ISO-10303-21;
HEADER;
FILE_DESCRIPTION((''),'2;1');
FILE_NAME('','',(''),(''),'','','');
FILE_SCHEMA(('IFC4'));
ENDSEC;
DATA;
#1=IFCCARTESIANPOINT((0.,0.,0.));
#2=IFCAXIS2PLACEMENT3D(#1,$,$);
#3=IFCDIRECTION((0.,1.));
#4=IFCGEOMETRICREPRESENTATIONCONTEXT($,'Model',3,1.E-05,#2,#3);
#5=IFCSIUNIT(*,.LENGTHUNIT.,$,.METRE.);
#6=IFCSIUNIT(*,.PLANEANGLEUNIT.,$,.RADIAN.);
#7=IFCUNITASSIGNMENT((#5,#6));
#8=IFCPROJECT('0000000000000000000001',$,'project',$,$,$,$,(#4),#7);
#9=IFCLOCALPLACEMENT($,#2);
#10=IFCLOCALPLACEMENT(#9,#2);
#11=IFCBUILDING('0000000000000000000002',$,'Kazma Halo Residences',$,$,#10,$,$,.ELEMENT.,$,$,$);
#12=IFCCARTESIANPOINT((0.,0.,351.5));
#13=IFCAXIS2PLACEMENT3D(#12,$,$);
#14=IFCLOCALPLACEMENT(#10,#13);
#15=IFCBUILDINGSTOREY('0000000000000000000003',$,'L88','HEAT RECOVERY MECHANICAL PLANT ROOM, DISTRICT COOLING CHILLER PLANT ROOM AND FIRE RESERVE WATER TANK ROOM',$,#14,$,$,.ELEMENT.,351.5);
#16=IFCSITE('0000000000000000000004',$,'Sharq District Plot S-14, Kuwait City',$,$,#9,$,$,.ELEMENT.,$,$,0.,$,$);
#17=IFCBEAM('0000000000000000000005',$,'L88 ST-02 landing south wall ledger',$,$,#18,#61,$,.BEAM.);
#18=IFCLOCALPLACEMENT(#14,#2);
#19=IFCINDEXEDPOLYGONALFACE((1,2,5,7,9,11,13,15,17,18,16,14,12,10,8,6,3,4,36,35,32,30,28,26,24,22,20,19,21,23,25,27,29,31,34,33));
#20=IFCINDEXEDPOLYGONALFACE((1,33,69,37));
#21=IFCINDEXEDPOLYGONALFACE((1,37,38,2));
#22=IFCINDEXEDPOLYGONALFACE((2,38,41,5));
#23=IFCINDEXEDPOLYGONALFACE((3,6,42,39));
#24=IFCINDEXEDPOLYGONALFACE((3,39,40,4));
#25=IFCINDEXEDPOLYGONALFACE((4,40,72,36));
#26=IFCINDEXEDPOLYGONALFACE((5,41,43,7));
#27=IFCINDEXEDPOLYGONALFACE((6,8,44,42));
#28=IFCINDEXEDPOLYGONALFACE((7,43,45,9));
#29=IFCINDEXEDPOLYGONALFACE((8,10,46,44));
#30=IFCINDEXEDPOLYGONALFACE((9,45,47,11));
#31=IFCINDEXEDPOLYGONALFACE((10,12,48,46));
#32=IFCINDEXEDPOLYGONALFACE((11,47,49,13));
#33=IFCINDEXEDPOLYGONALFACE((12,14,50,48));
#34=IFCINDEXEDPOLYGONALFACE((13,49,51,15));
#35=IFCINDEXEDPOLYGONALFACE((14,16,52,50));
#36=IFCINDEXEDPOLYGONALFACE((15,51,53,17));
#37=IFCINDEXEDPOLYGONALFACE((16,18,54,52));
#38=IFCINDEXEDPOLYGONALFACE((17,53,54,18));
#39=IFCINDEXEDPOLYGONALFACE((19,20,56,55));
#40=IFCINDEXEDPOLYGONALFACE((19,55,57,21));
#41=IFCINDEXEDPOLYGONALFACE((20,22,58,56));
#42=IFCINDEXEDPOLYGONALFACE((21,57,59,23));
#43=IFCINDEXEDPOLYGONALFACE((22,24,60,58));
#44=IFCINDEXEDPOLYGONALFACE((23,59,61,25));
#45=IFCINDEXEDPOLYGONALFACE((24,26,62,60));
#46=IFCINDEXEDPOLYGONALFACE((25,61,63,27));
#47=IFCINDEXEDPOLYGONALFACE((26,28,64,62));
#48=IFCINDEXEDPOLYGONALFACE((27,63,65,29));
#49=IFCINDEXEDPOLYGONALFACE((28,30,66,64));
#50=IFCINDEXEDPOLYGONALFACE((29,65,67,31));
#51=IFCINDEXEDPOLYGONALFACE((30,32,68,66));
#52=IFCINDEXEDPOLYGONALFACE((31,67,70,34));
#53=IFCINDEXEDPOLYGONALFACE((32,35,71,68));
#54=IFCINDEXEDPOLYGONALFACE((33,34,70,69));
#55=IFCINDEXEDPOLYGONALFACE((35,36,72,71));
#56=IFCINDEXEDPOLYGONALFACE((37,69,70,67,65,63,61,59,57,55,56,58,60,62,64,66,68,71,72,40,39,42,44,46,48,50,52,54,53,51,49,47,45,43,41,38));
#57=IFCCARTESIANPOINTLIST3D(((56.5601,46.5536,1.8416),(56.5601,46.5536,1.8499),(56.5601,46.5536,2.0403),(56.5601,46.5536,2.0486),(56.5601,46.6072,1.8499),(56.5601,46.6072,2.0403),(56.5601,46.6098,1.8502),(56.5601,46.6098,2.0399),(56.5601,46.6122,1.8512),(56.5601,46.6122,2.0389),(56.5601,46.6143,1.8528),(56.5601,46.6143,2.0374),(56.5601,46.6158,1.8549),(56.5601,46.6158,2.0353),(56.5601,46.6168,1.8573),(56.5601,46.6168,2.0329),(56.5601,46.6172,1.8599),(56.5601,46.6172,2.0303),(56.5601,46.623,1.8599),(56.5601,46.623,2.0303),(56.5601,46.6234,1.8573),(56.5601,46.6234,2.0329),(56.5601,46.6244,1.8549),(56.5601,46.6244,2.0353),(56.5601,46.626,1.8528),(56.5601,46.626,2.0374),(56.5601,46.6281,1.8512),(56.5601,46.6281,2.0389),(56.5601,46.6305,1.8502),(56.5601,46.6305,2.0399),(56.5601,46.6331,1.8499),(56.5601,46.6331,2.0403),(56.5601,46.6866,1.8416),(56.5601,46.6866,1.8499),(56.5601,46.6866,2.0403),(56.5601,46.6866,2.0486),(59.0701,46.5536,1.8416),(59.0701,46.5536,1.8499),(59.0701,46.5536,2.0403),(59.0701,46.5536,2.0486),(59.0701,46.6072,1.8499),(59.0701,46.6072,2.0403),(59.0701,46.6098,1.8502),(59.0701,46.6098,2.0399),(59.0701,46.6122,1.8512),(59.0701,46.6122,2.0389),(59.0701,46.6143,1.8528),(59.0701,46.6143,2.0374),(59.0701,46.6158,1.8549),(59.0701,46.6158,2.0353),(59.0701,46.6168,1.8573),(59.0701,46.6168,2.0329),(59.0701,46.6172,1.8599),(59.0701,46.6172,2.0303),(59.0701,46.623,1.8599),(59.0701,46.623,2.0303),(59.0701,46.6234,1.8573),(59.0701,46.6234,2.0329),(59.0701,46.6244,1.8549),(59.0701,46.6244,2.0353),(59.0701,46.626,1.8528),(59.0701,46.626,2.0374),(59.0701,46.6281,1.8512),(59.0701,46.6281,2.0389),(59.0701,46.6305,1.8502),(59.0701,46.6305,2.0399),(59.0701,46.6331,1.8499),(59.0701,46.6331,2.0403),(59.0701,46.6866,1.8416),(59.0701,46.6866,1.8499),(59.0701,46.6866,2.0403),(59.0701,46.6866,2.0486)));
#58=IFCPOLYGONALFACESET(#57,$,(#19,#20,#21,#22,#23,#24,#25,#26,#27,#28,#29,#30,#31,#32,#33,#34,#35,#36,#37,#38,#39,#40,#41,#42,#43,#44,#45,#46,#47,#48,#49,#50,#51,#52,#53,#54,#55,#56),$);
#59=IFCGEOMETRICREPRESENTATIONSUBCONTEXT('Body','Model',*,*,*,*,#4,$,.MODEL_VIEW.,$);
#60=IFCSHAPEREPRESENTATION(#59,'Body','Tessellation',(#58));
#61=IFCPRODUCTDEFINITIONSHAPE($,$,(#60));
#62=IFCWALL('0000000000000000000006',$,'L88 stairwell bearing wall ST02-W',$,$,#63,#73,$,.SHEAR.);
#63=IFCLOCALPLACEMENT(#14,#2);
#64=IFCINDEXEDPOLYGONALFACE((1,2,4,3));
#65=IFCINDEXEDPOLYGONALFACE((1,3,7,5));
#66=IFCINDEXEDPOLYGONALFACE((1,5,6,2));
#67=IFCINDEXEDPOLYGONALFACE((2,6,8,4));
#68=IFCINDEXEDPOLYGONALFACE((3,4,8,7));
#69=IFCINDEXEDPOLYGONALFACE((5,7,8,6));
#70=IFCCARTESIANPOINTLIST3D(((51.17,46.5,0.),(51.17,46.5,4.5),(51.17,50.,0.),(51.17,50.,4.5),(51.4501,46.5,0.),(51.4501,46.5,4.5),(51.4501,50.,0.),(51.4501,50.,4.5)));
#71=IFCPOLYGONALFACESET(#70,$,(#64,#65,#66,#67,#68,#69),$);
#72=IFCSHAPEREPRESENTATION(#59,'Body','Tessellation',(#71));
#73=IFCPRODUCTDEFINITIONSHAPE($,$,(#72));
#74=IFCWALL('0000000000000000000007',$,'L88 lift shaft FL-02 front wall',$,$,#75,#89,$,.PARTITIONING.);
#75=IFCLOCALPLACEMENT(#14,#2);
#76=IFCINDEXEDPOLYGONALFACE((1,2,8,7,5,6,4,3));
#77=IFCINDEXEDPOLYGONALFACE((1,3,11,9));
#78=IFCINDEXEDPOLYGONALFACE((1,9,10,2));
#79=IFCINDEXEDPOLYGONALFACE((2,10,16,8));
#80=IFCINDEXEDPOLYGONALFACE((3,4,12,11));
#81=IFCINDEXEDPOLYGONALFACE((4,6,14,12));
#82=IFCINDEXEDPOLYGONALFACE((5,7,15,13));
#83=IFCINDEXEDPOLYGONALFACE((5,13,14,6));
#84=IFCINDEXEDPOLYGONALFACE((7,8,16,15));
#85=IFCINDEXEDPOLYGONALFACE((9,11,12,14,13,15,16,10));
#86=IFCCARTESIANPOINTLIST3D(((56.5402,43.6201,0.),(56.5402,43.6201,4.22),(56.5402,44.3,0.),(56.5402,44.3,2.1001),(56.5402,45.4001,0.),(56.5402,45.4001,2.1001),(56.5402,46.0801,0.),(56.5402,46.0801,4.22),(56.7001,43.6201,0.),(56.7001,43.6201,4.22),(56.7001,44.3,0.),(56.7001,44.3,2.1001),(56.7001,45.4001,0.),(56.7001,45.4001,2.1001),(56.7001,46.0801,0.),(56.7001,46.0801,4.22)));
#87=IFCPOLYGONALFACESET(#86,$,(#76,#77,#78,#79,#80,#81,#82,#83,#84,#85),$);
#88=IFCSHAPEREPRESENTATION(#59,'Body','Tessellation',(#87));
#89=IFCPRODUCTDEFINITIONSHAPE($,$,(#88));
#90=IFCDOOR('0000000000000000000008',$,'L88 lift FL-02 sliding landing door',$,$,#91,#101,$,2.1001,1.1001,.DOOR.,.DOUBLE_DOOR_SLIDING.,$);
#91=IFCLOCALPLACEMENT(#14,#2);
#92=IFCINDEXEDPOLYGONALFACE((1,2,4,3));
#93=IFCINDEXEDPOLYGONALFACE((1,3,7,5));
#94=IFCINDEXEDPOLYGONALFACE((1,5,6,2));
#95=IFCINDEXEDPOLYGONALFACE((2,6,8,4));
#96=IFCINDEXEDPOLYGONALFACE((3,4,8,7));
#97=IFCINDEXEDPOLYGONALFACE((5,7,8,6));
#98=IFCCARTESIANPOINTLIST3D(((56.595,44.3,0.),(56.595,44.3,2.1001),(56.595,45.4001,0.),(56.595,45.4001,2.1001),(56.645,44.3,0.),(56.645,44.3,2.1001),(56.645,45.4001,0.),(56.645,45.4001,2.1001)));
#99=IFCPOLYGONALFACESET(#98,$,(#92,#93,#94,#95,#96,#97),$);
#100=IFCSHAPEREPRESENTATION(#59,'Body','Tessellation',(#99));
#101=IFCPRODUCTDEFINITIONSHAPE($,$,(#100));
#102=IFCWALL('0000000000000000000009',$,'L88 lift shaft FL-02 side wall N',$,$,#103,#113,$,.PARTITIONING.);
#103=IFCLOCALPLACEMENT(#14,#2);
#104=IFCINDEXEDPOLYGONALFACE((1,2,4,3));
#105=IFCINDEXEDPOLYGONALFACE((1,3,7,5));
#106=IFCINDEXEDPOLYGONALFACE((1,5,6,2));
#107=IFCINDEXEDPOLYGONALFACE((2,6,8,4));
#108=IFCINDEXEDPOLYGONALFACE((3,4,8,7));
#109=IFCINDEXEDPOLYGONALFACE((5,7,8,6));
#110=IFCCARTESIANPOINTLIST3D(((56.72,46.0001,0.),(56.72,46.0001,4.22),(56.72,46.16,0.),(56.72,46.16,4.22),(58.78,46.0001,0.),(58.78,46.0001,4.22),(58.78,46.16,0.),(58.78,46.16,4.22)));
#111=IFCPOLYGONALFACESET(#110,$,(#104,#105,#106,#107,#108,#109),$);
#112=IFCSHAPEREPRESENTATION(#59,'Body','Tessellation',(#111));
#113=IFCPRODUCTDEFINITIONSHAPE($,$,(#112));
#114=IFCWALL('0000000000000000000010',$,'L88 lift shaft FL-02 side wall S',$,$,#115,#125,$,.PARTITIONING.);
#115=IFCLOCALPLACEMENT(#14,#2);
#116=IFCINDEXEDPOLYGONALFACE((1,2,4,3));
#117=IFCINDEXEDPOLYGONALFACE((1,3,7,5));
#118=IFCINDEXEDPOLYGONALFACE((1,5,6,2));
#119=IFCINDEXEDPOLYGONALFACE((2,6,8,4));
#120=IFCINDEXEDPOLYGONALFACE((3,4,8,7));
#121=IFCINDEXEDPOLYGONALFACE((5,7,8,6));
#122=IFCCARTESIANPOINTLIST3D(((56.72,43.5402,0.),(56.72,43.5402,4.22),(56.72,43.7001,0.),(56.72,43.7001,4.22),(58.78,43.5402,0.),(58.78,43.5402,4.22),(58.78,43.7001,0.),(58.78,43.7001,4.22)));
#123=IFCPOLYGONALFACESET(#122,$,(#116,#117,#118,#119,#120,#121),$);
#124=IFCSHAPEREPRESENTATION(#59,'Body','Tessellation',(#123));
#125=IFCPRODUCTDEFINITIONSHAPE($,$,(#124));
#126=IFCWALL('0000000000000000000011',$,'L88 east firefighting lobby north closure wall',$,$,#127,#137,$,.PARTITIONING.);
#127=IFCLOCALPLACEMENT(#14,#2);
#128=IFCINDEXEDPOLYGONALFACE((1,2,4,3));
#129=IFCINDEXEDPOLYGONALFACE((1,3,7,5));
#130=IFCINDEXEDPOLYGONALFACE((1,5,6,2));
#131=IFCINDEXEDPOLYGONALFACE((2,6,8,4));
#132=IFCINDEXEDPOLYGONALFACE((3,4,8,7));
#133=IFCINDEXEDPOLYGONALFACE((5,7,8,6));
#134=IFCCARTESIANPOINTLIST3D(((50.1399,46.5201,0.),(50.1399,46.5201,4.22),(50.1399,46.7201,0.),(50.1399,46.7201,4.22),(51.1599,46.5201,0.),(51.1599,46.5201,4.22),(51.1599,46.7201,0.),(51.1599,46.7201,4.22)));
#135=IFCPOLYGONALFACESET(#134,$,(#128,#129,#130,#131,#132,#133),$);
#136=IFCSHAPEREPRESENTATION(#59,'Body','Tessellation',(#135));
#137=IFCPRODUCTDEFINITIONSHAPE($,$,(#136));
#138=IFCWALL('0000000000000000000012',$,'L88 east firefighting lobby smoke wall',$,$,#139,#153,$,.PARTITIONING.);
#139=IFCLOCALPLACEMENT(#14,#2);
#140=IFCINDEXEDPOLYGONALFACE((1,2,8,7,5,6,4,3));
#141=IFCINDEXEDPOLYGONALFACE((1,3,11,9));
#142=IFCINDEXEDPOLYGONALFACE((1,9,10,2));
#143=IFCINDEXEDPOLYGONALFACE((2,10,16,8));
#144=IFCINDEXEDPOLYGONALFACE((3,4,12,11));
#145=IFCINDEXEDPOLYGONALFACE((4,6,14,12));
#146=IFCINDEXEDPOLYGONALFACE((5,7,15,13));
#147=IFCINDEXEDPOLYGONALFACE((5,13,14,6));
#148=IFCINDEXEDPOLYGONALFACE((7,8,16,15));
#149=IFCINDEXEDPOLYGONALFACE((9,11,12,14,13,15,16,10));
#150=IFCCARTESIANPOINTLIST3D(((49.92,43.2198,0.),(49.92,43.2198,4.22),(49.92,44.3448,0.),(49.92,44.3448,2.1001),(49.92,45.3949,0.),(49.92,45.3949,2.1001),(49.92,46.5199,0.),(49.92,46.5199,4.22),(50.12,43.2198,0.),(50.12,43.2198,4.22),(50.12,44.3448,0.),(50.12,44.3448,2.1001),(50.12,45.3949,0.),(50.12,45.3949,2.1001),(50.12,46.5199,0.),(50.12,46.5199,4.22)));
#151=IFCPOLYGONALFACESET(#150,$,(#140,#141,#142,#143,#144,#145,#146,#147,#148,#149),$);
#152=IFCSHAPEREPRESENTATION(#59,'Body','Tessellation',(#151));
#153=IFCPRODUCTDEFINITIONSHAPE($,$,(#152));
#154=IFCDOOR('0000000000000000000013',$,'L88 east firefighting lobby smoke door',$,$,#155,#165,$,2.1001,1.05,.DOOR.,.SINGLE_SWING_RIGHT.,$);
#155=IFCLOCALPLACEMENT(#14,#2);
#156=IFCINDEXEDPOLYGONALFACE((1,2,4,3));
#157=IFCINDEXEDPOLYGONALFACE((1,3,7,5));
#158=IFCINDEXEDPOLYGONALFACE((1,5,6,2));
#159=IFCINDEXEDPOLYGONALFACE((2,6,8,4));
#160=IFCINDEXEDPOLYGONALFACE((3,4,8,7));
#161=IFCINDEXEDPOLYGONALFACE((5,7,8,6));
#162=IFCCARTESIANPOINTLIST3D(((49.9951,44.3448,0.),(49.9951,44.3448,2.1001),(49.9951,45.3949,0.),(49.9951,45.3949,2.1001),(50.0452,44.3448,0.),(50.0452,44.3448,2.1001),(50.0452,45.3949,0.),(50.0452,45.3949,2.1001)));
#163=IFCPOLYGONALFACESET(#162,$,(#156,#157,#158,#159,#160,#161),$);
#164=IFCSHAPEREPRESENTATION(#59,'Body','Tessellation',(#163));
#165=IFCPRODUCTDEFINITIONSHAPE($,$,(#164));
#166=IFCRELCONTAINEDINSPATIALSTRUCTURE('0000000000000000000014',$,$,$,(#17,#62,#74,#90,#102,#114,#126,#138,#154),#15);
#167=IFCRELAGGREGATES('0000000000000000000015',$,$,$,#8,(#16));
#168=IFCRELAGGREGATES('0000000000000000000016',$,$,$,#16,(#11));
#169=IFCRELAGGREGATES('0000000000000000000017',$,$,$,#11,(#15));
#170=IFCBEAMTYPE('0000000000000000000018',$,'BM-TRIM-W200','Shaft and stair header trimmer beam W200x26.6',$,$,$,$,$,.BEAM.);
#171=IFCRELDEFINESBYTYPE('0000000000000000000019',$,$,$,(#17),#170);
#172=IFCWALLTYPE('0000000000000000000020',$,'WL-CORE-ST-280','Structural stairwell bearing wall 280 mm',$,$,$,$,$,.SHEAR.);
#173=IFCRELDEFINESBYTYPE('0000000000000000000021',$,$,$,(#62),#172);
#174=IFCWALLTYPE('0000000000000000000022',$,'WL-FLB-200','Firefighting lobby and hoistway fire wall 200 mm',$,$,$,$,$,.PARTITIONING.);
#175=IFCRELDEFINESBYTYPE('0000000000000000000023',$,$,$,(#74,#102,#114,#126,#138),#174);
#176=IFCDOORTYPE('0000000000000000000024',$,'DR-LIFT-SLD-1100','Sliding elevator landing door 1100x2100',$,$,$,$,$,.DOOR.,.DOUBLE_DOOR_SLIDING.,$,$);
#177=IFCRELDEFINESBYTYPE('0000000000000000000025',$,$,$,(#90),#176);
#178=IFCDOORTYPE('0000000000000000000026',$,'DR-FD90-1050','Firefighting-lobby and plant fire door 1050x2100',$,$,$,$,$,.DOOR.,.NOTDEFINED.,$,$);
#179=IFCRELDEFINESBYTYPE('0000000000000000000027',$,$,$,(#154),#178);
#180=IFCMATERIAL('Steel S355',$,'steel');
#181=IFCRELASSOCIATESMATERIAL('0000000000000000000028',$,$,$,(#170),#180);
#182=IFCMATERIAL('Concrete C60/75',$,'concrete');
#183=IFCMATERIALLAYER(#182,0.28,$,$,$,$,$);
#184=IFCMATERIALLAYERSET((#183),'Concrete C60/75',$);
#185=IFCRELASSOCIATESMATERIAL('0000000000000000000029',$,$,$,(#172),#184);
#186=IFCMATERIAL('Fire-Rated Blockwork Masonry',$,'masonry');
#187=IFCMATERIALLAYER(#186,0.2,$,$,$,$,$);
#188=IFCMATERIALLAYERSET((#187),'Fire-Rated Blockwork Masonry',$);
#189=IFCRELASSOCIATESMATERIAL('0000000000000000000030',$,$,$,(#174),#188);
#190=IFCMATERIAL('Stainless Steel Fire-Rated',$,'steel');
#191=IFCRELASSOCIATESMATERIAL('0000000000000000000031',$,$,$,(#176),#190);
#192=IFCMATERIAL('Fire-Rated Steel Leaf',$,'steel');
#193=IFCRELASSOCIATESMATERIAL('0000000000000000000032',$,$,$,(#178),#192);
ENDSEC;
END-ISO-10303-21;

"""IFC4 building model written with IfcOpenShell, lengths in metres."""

from ifc_helpers import new_model, si_unit, direction, frame, frame_2d, origin, origin_2d, place, context, subcontext, project, spatial, rectangle, i_section, extrude, material, layer, layer_set, material_profile, profile_set, type_object, element, fill, save


model = new_model("IFC4")

# Units and contexts
model_context = context("Model", 3, precision=1e-05, world=origin(), true_north=direction((0.0, 1.0)))
body_context = subcontext(model_context, "Body", "Model", "MODEL_VIEW")
ifc_project = project(units=[si_unit("LENGTHUNIT", "METRE"), si_unit("PLANEANGLEUNIT", "RADIAN")], contexts=[model_context])

# Site, building, storey
site_placement = place(None, origin())
site = spatial("IfcSite", under=ifc_project, at=site_placement, Name="Sharq District Plot S-14, Kuwait City", CompositionType="ELEMENT", RefElevation=0.0)
building_placement = place(site_placement, origin())
building = spatial("IfcBuilding", under=site, at=building_placement, Name="Kazma Halo Residences", CompositionType="ELEMENT")
storey_placement = place(building_placement, frame((0.0, 0.0, 351.5)))
storey = spatial("IfcBuildingStorey", under=building, at=storey_placement, Name="L88", Description="HEAT RECOVERY MECHANICAL PLANT ROOM, DISTRICT COOLING CHILLER PLANT ROOM AND FIRE RESERVE WATER TANK ROOM", CompositionType="ELEMENT", Elevation=351.5)

# Shared definitions
ifc_material_1 = material(Name="Steel S355", Category="steel")

# Beam
ifc_material_profile_1 = material_profile(ifc_material_1, i_section(OverallWidth=0.1331, OverallDepth=0.207, WebThickness=0.0059, FlangeThickness=0.0083, FilletRadius=0.01, at=origin_2d()), Name="W200x26.6")
ifc_profile_set_1 = profile_set([ifc_material_profile_1], Name="Steel S355")
beam_type = type_object("IfcBeamType", Name="BM-TRIM-W200", Description="Shaft and stair header trimmer beam W200x26.6", PredefinedType="BEAM", material=ifc_profile_set_1)
beam_1_placement = place(storey_placement, frame((56.5601, 46.6201, 1.9451), z_axis=(1.0, 0.0, 0.0), x_axis=(0.0, 1.0, 0.0)))
element("IfcBeam", 1, at=beam_1_placement, inside=storey, type_object=beam_type, Name="L88 ST-02 landing south wall ledger", PredefinedType="BEAM", context=body_context, shape_type="SweptSolid", body=[
    extrude(i_section(OverallWidth=0.1331, OverallDepth=0.207, WebThickness=0.0059, FlangeThickness=0.0083, FilletRadius=0.01, at=origin_2d()), origin(), (0.0, 0.0, 1.0), 2.51),
])

# Wall
ifc_material_2 = material(Name="Concrete C60/75", Category="concrete")
ifc_layer_1 = layer(ifc_material_2, 0.28)
ifc_layer_set_1 = layer_set([ifc_layer_1], Name="Concrete C60/75")
wall_type_1 = type_object("IfcWallType", Name="WL-CORE-ST-280", Description="Structural stairwell bearing wall 280 mm", PredefinedType="SHEAR", material=ifc_layer_set_1)
wall_1_placement = place(storey_placement, frame((51.3101, 46.5, 0.0), z_axis=(0.0, 0.0, 1.0), x_axis=(0.0, 1.0, 0.0)))
element("IfcWall", 2, at=wall_1_placement, inside=storey, type_object=wall_type_1, Name="L88 stairwell bearing wall ST02-W", PredefinedType="SHEAR", context=body_context, shape_type="SweptSolid", body=[
    extrude(rectangle(XDim=3.5, YDim=0.28, at=frame_2d((1.75, 0.0))), origin(), (0.0, 0.0, 1.0), 4.5),
])

# Wall, opening, door
ifc_material_3 = material(Name="Fire-Rated Blockwork Masonry", Category="masonry")
ifc_layer_2 = layer(ifc_material_3, 0.2)
ifc_layer_set_2 = layer_set([ifc_layer_2], Name="Fire-Rated Blockwork Masonry")
wall_type_2 = type_object("IfcWallType", Name="WL-FLB-200", Description="Firefighting lobby and hoistway fire wall 200 mm", PredefinedType="PARTITIONING", material=ifc_layer_set_2)
wall_2_placement = place(storey_placement, frame((56.6201, 46.0801, 0.0), z_axis=(0.0, 0.0, 1.0), x_axis=(0.0, -1.0, 0.0)))
wall_2 = element("IfcWall", 3, at=wall_2_placement, inside=storey, type_object=wall_type_2, Name="L88 lift shaft FL-02 front wall", PredefinedType="PARTITIONING", context=body_context, shape_type="SweptSolid", body=[
    extrude(rectangle(XDim=2.46, YDim=0.1599, at=frame_2d((1.23, 0.0))), origin(), (0.0, 0.0, 1.0), 4.22),
])
opening_1_placement = place(wall_2_placement, frame((0.6799, 0.0, 0.0)))
opening_1 = element("IfcOpeningElement", 4, at=opening_1_placement, cuts=wall_2, PredefinedType="OPENING", context=body_context, shape_type="SweptSolid", body=[
    extrude(rectangle(XDim=1.1001, YDim=2.1001, at=frame_2d((0.55, 1.05))), frame((0.0, 0.0898, 0.0), z_axis=(0.0, -1.0, 0.0), x_axis=(1.0, 0.0, 0.0)), (0.0, 0.0, 1.0), 0.1799),
])
ifc_material_4 = material(Name="Stainless Steel Fire-Rated", Category="steel")
door_type_1 = type_object("IfcDoorType", Name="DR-LIFT-SLD-1100", Description="Sliding elevator landing door 1100x2100", OperationType="DOUBLE_DOOR_SLIDING", PredefinedType="DOOR", material=ifc_material_4)
door_1_placement = place(opening_1_placement, origin())
door_1 = element("IfcDoor", 5, at=door_1_placement, inside=storey, type_object=door_type_1, Name="L88 lift FL-02 sliding landing door", OperationType="DOUBLE_DOOR_SLIDING", OverallHeight=2.1001, OverallWidth=1.1001, PredefinedType="DOOR", context=body_context, shape_type="SweptSolid", body=[
    extrude(rectangle(XDim=1.1001, YDim=2.1001, at=frame_2d((0.55, 1.05))), frame((0.0, 0.0249, 0.0), z_axis=(0.0, -1.0, 0.0), x_axis=(1.0, 0.0, 0.0)), (0.0, 0.0, 1.0), 0.05),
])
fill(opening_1, door_1)

# Walls
for number, where, z_axis, x_axis, name in (
    (6, (56.72, 46.0801, 0.0), (0.0, 0.0, 1.0), (1.0, 0.0, 0.0), "L88 lift shaft FL-02 side wall N"),
    (7, (56.72, 43.6201, 0.0), (0.0, 0.0, 1.0), (1.0, 0.0, 0.0), "L88 lift shaft FL-02 side wall S"),
):
    element("IfcWall", number, at=place(storey_placement, frame(where, z_axis=z_axis, x_axis=x_axis)), inside=storey, type_object=wall_type_2, Name=name, PredefinedType="PARTITIONING", context=body_context, shape_type="SweptSolid", body=[
        extrude(rectangle(XDim=2.0601, YDim=0.1599, at=frame_2d((1.03, 0.0))), origin(), (0.0, 0.0, 1.0), 4.22),
    ])
wall_3_placement = place(storey_placement, frame((50.1399, 46.6201, 0.0), z_axis=(0.0, 0.0, 1.0), x_axis=(1.0, 0.0, 0.0)))
element("IfcWall", 8, at=wall_3_placement, inside=storey, type_object=wall_type_2, Name="L88 east firefighting lobby north closure wall", PredefinedType="PARTITIONING", context=body_context, shape_type="SweptSolid", body=[
    extrude(rectangle(XDim=1.02, YDim=0.2, at=frame_2d((0.51, 0.0))), origin(), (0.0, 0.0, 1.0), 4.22),
])

# Wall, opening, door
wall_4_placement = place(storey_placement, frame((50.02, 43.22, 0.0), z_axis=(0.0, 0.0, 1.0), x_axis=(0.0, 1.0, 0.0)))
wall_4 = element("IfcWall", 9, at=wall_4_placement, inside=storey, type_object=wall_type_2, Name="L88 east firefighting lobby smoke wall", PredefinedType="PARTITIONING", context=body_context, shape_type="SweptSolid", body=[
    extrude(rectangle(XDim=3.3, YDim=0.2, at=frame_2d((1.6499, 0.0))), origin(), (0.0, 0.0, 1.0), 4.22),
])
opening_2_placement = place(wall_4_placement, frame((1.125, 0.0, 0.0)))
opening_2 = element("IfcOpeningElement", 10, at=opening_2_placement, cuts=wall_4, PredefinedType="OPENING", context=body_context, shape_type="SweptSolid", body=[
    extrude(rectangle(XDim=1.05, YDim=2.1001, at=frame_2d((0.5249, 1.05))), frame((0.0, 0.1099, 0.0), z_axis=(0.0, -1.0, 0.0), x_axis=(1.0, 0.0, 0.0)), (0.0, 0.0, 1.0), 0.22),
])
ifc_material_5 = material(Name="Fire-Rated Steel Leaf", Category="steel")
door_type_2 = type_object("IfcDoorType", Name="DR-FD90-1050", Description="Firefighting-lobby and plant fire door 1050x2100", OperationType="NOTDEFINED", PredefinedType="DOOR", material=ifc_material_5)
door_2_placement = place(opening_2_placement, origin())
door_2 = element("IfcDoor", 11, at=door_2_placement, inside=storey, type_object=door_type_2, Name="L88 east firefighting lobby smoke door", OperationType="SINGLE_SWING_RIGHT", OverallHeight=2.1001, OverallWidth=1.05, PredefinedType="DOOR", context=body_context, shape_type="SweptSolid", body=[
    extrude(rectangle(XDim=1.05, YDim=2.1001, at=frame_2d((0.5249, 1.05))), frame((0.0, 0.0249, 0.0), z_axis=(0.0, -1.0, 0.0), x_axis=(1.0, 0.0, 0.0)), (0.0, 0.0, 1.0), 0.05),
])
fill(opening_2, door_2)

save(model, "model.ifc")
